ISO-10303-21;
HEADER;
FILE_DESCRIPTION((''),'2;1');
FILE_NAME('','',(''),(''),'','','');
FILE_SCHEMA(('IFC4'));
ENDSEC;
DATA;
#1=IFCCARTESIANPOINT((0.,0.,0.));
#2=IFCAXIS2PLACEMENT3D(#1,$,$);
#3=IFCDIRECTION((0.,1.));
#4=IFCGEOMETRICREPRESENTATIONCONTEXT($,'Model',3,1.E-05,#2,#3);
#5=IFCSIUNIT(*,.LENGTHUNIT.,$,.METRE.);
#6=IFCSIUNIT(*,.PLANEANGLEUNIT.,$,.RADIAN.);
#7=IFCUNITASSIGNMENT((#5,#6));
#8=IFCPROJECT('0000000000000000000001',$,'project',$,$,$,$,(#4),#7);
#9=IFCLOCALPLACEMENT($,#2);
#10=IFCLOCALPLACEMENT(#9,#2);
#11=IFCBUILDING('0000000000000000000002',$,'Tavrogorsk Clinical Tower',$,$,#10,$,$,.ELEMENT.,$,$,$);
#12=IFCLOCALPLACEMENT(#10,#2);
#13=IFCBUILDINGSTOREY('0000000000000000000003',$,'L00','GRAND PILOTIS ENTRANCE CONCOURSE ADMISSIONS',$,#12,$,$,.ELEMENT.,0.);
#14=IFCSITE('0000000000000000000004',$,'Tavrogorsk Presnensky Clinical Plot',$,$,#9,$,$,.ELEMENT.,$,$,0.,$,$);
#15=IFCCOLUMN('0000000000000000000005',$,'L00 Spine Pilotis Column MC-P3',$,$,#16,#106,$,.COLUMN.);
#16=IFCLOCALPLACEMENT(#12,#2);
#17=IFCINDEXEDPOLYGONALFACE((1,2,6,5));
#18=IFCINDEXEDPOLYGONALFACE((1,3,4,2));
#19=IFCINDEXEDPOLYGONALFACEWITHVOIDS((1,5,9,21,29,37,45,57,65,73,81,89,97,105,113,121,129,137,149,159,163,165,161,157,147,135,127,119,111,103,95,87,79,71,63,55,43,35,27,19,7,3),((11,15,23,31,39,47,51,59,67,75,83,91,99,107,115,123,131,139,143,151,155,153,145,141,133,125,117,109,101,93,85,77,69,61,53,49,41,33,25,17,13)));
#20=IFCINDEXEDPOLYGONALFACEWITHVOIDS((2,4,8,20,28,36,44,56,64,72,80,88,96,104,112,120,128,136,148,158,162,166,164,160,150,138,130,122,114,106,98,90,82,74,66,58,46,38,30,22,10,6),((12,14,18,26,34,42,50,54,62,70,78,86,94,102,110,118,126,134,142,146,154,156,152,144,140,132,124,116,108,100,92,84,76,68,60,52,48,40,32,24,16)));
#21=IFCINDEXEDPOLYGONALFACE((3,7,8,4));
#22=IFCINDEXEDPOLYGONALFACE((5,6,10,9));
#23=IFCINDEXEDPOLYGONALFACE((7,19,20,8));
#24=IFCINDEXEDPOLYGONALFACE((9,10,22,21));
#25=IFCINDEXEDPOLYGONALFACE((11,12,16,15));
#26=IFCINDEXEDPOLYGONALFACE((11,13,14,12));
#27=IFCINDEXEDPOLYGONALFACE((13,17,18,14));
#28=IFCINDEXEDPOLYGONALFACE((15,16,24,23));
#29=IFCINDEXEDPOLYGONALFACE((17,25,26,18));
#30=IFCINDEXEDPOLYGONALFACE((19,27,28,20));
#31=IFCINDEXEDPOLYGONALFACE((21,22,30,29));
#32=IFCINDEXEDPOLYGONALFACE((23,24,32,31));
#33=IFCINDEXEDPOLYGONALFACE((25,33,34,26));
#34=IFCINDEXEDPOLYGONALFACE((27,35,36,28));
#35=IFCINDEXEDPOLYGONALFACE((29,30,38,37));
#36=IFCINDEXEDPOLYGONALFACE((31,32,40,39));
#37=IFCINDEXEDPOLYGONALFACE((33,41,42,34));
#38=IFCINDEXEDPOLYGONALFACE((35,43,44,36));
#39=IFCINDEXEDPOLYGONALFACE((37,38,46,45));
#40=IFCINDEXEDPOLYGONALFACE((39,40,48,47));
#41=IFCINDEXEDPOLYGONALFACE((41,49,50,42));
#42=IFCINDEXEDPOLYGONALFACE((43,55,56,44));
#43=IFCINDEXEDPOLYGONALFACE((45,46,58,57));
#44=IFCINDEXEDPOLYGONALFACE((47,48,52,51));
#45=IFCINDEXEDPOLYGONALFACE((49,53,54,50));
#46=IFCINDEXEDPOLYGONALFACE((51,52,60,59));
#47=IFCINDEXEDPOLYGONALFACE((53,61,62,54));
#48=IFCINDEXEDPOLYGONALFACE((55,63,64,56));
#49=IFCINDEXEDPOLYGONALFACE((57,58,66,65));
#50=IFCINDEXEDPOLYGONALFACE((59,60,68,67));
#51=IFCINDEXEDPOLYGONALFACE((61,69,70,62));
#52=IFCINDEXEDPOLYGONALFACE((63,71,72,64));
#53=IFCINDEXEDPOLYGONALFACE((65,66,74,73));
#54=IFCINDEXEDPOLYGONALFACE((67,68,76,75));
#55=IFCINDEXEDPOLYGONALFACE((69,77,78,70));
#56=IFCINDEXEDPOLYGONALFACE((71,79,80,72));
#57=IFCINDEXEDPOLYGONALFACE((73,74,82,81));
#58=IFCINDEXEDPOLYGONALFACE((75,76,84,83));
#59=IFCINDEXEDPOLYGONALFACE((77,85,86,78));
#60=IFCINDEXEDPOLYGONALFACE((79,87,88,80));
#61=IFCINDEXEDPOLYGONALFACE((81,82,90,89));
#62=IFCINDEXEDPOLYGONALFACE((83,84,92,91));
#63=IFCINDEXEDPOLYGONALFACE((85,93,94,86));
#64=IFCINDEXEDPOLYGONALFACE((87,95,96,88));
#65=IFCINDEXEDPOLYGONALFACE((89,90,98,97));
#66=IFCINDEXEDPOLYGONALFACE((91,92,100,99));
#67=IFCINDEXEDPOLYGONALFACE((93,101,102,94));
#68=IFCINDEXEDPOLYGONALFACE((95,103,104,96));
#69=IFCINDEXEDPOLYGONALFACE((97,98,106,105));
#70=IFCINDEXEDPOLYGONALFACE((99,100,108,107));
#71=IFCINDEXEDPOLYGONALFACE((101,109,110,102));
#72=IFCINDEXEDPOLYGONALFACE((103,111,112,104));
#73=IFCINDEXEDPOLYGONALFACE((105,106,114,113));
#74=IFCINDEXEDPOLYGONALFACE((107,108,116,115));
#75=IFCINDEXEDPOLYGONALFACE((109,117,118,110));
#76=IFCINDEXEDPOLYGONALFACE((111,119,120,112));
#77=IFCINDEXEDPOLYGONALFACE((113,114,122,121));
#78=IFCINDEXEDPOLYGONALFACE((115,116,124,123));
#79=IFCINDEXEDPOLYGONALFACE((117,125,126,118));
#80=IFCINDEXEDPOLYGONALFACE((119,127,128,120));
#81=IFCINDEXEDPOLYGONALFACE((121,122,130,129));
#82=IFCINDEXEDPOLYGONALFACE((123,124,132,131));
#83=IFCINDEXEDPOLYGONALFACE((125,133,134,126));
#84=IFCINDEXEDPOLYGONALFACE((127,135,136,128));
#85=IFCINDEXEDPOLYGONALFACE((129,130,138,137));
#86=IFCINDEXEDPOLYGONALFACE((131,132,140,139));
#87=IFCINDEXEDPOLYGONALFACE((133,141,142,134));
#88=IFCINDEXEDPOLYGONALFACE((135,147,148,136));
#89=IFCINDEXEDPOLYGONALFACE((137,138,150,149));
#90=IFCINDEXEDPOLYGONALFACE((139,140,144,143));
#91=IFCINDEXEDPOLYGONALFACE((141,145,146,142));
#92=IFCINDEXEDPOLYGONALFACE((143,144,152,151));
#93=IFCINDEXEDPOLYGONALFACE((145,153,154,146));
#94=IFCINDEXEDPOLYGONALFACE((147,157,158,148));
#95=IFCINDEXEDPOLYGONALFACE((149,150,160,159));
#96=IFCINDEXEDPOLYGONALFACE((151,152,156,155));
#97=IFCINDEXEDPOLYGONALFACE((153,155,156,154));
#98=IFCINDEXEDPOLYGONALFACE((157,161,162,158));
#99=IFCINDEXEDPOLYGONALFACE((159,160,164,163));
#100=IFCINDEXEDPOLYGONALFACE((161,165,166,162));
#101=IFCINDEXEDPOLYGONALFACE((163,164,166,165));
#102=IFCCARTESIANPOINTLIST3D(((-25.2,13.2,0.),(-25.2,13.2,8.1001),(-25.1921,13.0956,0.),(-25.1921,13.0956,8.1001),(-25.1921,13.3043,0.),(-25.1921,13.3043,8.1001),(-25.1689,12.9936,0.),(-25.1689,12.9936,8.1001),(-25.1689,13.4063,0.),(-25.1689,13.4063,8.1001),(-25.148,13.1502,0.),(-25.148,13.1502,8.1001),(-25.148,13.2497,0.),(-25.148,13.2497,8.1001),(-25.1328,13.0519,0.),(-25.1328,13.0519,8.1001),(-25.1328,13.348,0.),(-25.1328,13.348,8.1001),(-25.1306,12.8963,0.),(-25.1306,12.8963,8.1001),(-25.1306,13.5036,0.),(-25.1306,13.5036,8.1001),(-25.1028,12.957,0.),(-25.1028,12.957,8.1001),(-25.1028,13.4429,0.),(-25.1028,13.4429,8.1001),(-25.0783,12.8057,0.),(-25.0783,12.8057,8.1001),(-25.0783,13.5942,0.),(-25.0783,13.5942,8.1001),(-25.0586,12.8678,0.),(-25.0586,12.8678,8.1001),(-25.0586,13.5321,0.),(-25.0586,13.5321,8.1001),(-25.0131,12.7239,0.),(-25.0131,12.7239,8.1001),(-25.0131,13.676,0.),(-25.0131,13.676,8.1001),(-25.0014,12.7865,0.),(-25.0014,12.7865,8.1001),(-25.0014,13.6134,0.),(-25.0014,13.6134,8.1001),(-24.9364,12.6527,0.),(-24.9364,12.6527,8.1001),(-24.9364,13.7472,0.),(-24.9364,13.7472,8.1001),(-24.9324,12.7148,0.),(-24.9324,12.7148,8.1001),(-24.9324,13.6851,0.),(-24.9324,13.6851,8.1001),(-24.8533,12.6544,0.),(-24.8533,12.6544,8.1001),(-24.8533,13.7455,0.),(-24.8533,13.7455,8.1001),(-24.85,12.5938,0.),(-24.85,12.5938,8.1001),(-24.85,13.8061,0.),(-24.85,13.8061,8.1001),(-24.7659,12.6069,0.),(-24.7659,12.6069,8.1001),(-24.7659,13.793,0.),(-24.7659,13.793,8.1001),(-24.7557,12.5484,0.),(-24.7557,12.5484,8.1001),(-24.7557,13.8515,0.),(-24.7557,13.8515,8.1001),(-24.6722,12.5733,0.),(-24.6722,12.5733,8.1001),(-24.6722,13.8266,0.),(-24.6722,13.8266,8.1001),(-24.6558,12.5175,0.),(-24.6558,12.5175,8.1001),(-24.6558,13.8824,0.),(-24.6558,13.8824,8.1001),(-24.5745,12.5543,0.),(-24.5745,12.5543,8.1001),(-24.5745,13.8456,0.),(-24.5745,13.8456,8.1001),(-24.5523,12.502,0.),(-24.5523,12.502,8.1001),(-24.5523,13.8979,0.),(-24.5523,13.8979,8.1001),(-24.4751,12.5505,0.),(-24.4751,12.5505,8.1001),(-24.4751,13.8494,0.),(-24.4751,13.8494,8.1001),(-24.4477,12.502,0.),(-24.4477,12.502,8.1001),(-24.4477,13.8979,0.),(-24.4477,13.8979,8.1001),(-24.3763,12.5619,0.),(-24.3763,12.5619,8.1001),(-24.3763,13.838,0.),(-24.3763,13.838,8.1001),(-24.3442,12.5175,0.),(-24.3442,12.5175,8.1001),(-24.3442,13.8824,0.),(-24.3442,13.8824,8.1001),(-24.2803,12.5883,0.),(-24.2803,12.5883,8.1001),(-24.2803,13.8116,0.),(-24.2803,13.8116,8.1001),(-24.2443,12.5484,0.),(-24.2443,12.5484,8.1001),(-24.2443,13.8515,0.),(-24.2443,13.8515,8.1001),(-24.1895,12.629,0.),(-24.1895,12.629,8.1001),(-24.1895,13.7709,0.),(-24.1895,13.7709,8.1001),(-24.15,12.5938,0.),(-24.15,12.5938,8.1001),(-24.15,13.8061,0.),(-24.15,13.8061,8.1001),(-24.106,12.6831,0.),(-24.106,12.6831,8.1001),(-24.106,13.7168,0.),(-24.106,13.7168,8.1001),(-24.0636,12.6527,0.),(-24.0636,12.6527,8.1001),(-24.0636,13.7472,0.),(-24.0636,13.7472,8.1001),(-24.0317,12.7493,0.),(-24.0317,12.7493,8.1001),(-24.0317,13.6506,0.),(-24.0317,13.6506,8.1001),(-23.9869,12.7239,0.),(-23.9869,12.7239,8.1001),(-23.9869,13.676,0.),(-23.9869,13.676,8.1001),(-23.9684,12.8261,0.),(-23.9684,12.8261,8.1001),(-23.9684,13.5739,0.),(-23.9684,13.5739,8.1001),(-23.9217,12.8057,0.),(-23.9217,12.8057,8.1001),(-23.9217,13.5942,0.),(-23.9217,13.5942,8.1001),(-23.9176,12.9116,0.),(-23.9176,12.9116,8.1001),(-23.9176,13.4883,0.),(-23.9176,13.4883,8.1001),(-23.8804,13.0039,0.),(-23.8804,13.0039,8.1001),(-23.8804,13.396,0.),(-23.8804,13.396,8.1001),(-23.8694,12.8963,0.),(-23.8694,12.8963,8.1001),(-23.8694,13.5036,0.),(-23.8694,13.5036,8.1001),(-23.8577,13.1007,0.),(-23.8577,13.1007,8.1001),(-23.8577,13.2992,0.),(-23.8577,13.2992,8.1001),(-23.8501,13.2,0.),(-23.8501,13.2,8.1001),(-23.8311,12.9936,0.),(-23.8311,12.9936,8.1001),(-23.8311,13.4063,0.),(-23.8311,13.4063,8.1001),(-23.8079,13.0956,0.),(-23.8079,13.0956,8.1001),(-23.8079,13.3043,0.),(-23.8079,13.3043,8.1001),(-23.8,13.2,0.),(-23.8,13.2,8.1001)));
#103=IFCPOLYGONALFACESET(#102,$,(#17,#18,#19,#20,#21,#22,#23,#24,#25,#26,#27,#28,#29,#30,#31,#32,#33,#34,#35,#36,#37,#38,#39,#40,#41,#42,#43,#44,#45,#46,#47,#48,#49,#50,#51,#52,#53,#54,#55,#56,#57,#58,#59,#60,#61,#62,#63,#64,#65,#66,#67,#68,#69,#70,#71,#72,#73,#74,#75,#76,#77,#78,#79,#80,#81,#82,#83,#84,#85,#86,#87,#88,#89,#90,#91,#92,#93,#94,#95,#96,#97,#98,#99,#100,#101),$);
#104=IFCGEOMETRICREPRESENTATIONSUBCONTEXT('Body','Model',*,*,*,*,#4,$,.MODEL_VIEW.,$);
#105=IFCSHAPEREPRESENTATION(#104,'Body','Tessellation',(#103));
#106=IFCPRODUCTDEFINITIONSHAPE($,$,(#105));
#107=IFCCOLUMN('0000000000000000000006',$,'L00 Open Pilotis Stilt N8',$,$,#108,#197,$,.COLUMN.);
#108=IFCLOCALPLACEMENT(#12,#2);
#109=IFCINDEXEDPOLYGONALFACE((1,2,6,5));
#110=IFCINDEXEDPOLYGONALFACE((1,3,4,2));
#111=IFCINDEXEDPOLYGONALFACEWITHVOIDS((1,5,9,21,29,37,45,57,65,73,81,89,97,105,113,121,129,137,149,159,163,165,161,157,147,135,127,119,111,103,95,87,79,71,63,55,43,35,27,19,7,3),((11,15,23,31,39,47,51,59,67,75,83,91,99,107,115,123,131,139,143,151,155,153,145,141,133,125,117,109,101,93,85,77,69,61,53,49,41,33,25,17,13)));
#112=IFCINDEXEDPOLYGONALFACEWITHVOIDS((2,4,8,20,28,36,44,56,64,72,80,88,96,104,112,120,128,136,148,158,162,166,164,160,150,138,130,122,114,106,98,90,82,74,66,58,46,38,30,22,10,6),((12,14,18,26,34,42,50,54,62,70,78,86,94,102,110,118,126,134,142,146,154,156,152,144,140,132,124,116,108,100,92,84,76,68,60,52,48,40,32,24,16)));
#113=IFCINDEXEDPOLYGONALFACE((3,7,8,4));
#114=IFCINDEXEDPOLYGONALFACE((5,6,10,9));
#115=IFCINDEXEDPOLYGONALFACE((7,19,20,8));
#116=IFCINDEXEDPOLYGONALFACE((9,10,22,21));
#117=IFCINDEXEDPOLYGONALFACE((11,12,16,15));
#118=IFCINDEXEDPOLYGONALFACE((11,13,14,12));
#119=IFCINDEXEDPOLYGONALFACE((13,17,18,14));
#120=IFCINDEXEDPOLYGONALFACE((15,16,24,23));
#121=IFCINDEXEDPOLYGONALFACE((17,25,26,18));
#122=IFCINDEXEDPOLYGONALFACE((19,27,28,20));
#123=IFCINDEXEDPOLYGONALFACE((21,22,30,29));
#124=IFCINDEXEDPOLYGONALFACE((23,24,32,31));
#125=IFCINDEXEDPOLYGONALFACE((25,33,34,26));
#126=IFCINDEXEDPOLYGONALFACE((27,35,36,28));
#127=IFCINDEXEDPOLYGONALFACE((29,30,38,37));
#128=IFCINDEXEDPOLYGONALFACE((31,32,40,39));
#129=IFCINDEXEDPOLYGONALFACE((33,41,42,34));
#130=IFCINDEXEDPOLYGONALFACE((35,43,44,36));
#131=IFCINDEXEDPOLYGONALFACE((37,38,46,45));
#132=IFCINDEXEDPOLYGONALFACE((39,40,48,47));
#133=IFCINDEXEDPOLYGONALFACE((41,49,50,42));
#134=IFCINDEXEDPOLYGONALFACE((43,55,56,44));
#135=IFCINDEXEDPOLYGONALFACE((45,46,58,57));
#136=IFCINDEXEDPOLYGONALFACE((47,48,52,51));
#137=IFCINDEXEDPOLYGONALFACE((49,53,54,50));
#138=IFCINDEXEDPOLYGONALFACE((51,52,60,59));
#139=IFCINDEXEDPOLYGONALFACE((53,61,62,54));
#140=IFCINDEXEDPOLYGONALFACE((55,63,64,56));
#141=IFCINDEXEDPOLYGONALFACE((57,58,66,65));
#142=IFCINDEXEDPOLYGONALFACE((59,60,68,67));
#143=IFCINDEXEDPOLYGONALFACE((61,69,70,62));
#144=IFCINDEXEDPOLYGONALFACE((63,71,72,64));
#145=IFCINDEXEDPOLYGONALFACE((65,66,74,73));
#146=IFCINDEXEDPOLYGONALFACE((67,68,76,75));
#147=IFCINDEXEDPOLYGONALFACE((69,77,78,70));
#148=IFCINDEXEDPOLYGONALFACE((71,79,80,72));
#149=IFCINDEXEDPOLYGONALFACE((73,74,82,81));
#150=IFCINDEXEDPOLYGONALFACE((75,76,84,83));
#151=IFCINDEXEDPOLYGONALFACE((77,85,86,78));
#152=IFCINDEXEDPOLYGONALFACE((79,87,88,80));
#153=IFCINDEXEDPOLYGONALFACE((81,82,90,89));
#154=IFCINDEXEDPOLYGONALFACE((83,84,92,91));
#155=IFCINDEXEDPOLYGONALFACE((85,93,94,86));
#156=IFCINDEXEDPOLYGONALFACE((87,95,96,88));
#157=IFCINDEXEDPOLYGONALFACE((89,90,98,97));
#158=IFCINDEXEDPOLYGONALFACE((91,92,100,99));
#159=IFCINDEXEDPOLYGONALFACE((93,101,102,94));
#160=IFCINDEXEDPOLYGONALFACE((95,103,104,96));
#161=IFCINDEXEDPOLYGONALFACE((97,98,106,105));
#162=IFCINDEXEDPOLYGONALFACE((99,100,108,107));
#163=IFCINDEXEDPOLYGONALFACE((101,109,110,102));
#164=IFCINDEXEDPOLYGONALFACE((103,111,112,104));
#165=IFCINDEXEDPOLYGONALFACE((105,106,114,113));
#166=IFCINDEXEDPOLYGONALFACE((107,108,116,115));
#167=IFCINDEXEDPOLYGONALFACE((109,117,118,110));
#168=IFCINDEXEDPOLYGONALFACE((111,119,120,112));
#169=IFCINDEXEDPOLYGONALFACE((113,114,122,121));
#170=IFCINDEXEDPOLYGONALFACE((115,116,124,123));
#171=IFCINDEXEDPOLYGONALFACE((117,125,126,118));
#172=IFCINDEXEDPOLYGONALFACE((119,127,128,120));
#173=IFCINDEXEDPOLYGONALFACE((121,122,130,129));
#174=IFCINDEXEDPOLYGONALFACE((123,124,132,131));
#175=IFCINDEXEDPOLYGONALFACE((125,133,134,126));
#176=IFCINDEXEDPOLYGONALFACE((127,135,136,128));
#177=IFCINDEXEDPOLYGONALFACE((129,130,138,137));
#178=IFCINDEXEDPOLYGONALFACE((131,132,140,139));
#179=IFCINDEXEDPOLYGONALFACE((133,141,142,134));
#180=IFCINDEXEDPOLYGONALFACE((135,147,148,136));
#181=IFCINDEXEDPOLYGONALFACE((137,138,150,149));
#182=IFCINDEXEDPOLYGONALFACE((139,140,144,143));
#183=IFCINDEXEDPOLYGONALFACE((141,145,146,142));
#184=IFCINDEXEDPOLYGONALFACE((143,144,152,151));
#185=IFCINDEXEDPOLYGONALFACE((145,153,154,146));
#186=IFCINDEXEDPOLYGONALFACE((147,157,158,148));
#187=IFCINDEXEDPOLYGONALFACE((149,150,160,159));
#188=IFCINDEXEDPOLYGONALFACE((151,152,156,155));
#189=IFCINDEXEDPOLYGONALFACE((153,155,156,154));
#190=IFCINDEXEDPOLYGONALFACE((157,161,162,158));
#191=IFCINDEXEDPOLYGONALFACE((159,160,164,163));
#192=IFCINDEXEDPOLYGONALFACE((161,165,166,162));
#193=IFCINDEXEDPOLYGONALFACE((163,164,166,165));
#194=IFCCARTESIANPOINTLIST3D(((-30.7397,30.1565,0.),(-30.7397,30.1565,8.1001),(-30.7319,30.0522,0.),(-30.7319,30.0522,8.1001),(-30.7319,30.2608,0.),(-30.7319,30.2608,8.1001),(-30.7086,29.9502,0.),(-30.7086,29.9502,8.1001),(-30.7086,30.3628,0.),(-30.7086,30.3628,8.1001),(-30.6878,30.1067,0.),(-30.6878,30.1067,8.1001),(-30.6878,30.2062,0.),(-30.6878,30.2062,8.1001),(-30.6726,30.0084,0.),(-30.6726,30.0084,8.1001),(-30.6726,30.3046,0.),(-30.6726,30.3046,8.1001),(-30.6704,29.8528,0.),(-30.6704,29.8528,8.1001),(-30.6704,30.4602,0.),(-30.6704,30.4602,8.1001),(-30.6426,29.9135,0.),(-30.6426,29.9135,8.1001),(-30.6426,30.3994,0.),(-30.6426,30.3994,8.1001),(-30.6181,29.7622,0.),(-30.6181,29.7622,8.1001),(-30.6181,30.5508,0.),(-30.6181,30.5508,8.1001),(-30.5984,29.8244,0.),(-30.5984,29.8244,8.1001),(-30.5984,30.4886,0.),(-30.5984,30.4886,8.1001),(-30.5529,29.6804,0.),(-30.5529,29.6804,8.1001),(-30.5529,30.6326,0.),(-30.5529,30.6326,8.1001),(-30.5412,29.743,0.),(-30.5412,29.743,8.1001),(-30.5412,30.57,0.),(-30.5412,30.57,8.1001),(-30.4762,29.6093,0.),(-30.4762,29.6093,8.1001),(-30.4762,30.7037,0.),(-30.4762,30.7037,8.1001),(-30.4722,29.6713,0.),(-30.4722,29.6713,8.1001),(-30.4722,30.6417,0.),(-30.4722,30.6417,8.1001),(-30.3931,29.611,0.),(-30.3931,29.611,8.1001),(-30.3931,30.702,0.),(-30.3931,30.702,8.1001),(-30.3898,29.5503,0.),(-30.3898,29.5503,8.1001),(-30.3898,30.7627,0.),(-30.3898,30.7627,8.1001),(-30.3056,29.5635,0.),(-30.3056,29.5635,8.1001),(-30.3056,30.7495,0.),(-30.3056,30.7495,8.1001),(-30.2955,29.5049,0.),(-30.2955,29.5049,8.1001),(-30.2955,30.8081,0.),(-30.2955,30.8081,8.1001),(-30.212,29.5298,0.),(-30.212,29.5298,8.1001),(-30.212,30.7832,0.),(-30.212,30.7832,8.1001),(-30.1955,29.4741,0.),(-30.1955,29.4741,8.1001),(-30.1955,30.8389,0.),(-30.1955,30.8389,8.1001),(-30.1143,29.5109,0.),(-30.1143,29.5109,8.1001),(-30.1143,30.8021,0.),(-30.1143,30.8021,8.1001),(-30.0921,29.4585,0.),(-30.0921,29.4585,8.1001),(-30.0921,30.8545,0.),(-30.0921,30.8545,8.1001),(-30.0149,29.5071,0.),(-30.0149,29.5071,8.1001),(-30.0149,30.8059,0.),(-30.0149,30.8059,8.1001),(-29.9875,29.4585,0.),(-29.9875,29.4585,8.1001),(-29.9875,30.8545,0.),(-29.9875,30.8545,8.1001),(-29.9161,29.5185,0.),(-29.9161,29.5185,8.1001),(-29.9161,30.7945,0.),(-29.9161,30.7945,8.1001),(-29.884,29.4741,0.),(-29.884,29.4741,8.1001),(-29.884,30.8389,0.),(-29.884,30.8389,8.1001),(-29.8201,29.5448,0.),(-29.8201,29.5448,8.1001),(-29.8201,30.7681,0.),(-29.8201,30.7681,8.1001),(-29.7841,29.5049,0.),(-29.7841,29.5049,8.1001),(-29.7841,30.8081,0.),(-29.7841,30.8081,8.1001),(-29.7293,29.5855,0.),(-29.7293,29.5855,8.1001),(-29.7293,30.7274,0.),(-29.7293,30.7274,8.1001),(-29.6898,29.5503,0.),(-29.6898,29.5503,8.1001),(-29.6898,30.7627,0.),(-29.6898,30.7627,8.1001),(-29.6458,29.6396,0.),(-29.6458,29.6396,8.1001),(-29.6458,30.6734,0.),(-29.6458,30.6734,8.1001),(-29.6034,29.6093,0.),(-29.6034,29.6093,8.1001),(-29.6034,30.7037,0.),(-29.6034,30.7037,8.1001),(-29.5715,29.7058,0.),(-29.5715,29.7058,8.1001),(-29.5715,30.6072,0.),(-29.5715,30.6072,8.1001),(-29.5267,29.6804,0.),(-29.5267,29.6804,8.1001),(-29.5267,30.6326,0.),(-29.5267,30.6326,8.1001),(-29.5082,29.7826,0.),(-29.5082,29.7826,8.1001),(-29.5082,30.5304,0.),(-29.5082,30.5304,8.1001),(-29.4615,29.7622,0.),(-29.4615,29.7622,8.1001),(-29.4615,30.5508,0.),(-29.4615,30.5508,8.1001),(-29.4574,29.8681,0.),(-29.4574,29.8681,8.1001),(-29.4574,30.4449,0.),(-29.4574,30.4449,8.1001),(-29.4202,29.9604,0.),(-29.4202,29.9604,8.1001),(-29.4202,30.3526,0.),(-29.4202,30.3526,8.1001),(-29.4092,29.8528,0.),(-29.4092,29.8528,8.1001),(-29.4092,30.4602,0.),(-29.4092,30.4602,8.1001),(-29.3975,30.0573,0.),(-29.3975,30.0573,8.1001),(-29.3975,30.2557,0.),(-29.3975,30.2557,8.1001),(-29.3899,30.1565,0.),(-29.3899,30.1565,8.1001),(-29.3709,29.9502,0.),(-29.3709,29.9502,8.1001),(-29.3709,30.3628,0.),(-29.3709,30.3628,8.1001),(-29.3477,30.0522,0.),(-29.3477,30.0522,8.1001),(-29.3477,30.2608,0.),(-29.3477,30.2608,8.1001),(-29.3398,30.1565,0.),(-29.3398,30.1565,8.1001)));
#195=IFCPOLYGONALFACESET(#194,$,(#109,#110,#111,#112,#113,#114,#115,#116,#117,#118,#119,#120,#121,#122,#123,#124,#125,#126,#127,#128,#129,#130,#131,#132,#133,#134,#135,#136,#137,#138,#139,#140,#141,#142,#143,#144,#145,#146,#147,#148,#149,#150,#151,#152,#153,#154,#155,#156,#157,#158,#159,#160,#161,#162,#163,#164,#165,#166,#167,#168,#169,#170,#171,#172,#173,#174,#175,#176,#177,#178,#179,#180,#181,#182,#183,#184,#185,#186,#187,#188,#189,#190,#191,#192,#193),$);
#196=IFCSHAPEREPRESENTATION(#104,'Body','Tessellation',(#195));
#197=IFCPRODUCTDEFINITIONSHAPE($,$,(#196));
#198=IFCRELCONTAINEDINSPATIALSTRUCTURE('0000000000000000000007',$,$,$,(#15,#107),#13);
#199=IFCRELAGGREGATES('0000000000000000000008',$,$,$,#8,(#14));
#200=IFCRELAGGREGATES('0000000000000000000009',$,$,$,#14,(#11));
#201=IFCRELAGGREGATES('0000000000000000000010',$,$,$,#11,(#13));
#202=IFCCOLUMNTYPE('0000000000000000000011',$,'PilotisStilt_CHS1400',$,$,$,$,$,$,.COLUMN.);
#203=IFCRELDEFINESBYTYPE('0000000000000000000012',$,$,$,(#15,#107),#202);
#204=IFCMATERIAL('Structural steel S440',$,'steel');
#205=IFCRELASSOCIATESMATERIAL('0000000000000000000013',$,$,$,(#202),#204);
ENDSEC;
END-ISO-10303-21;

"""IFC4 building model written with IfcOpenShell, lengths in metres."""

from ifc_helpers import new_model, si_unit, direction, frame, origin, origin_2d, place, context, subcontext, project, spatial, hollow_circle, extrude, material, material_profile, profile_set, type_object, element, save


model = new_model("IFC4")

# Units and contexts
model_context = context("Model", 3, precision=1e-05, world=origin(), true_north=direction((0.0, 1.0)))
body_context = subcontext(model_context, "Body", "Model", "MODEL_VIEW")
ifc_project = project(units=[si_unit("LENGTHUNIT", "METRE"), si_unit("PLANEANGLEUNIT", "RADIAN")], contexts=[model_context])

# Site, building, storey
site_placement = place(None, origin())
site = spatial("IfcSite", under=ifc_project, at=site_placement, Name="Tavrogorsk Presnensky Clinical Plot", CompositionType="ELEMENT", RefElevation=0.0)
building_placement = place(site_placement, origin())
building = spatial("IfcBuilding", under=site, at=building_placement, Name="Tavrogorsk Clinical Tower", CompositionType="ELEMENT")
storey_placement = place(building_placement, origin())
storey = spatial("IfcBuildingStorey", under=building, at=storey_placement, Name="L00", Description="GRAND PILOTIS ENTRANCE CONCOURSE ADMISSIONS", CompositionType="ELEMENT", Elevation=0.0)

# Columns
ifc_material_1 = material(Name="Structural steel S440", Category="steel")
ifc_material_profile_1 = material_profile(ifc_material_1, hollow_circle(Radius=0.7, WallThickness=0.05, at=origin_2d()), Name="CHS-1400x50")
ifc_profile_set_1 = profile_set([ifc_material_profile_1], Name="Structural steel S440")
column_type = type_object("IfcColumnType", Name="PilotisStilt_CHS1400", PredefinedType="COLUMN", material=ifc_profile_set_1)
for number, where, z_axis, x_axis, name in (
    (1, (-24.5, 13.2, 0.0), (0.0, 0.0, 1.0), (1.0, 0.0, 0.0), "L00 Spine Pilotis Column MC-P3"),
    (2, (-30.0398, 30.1565, 0.0), (0.0, 0.0, 1.0), (1.0, 0.0, 0.0), "L00 Open Pilotis Stilt N8"),
):
    element("IfcColumn", number, at=place(storey_placement, frame(where, z_axis=z_axis, x_axis=x_axis)), inside=storey, type_object=column_type, Name=name, PredefinedType="COLUMN", context=body_context, shape_type="SweptSolid", body=[
        extrude(hollow_circle(Radius=0.7, WallThickness=0.05, at=origin_2d()), origin(), (0.0, 0.0, 1.0), 8.1001),
    ])

save(model, "model.ifc")
